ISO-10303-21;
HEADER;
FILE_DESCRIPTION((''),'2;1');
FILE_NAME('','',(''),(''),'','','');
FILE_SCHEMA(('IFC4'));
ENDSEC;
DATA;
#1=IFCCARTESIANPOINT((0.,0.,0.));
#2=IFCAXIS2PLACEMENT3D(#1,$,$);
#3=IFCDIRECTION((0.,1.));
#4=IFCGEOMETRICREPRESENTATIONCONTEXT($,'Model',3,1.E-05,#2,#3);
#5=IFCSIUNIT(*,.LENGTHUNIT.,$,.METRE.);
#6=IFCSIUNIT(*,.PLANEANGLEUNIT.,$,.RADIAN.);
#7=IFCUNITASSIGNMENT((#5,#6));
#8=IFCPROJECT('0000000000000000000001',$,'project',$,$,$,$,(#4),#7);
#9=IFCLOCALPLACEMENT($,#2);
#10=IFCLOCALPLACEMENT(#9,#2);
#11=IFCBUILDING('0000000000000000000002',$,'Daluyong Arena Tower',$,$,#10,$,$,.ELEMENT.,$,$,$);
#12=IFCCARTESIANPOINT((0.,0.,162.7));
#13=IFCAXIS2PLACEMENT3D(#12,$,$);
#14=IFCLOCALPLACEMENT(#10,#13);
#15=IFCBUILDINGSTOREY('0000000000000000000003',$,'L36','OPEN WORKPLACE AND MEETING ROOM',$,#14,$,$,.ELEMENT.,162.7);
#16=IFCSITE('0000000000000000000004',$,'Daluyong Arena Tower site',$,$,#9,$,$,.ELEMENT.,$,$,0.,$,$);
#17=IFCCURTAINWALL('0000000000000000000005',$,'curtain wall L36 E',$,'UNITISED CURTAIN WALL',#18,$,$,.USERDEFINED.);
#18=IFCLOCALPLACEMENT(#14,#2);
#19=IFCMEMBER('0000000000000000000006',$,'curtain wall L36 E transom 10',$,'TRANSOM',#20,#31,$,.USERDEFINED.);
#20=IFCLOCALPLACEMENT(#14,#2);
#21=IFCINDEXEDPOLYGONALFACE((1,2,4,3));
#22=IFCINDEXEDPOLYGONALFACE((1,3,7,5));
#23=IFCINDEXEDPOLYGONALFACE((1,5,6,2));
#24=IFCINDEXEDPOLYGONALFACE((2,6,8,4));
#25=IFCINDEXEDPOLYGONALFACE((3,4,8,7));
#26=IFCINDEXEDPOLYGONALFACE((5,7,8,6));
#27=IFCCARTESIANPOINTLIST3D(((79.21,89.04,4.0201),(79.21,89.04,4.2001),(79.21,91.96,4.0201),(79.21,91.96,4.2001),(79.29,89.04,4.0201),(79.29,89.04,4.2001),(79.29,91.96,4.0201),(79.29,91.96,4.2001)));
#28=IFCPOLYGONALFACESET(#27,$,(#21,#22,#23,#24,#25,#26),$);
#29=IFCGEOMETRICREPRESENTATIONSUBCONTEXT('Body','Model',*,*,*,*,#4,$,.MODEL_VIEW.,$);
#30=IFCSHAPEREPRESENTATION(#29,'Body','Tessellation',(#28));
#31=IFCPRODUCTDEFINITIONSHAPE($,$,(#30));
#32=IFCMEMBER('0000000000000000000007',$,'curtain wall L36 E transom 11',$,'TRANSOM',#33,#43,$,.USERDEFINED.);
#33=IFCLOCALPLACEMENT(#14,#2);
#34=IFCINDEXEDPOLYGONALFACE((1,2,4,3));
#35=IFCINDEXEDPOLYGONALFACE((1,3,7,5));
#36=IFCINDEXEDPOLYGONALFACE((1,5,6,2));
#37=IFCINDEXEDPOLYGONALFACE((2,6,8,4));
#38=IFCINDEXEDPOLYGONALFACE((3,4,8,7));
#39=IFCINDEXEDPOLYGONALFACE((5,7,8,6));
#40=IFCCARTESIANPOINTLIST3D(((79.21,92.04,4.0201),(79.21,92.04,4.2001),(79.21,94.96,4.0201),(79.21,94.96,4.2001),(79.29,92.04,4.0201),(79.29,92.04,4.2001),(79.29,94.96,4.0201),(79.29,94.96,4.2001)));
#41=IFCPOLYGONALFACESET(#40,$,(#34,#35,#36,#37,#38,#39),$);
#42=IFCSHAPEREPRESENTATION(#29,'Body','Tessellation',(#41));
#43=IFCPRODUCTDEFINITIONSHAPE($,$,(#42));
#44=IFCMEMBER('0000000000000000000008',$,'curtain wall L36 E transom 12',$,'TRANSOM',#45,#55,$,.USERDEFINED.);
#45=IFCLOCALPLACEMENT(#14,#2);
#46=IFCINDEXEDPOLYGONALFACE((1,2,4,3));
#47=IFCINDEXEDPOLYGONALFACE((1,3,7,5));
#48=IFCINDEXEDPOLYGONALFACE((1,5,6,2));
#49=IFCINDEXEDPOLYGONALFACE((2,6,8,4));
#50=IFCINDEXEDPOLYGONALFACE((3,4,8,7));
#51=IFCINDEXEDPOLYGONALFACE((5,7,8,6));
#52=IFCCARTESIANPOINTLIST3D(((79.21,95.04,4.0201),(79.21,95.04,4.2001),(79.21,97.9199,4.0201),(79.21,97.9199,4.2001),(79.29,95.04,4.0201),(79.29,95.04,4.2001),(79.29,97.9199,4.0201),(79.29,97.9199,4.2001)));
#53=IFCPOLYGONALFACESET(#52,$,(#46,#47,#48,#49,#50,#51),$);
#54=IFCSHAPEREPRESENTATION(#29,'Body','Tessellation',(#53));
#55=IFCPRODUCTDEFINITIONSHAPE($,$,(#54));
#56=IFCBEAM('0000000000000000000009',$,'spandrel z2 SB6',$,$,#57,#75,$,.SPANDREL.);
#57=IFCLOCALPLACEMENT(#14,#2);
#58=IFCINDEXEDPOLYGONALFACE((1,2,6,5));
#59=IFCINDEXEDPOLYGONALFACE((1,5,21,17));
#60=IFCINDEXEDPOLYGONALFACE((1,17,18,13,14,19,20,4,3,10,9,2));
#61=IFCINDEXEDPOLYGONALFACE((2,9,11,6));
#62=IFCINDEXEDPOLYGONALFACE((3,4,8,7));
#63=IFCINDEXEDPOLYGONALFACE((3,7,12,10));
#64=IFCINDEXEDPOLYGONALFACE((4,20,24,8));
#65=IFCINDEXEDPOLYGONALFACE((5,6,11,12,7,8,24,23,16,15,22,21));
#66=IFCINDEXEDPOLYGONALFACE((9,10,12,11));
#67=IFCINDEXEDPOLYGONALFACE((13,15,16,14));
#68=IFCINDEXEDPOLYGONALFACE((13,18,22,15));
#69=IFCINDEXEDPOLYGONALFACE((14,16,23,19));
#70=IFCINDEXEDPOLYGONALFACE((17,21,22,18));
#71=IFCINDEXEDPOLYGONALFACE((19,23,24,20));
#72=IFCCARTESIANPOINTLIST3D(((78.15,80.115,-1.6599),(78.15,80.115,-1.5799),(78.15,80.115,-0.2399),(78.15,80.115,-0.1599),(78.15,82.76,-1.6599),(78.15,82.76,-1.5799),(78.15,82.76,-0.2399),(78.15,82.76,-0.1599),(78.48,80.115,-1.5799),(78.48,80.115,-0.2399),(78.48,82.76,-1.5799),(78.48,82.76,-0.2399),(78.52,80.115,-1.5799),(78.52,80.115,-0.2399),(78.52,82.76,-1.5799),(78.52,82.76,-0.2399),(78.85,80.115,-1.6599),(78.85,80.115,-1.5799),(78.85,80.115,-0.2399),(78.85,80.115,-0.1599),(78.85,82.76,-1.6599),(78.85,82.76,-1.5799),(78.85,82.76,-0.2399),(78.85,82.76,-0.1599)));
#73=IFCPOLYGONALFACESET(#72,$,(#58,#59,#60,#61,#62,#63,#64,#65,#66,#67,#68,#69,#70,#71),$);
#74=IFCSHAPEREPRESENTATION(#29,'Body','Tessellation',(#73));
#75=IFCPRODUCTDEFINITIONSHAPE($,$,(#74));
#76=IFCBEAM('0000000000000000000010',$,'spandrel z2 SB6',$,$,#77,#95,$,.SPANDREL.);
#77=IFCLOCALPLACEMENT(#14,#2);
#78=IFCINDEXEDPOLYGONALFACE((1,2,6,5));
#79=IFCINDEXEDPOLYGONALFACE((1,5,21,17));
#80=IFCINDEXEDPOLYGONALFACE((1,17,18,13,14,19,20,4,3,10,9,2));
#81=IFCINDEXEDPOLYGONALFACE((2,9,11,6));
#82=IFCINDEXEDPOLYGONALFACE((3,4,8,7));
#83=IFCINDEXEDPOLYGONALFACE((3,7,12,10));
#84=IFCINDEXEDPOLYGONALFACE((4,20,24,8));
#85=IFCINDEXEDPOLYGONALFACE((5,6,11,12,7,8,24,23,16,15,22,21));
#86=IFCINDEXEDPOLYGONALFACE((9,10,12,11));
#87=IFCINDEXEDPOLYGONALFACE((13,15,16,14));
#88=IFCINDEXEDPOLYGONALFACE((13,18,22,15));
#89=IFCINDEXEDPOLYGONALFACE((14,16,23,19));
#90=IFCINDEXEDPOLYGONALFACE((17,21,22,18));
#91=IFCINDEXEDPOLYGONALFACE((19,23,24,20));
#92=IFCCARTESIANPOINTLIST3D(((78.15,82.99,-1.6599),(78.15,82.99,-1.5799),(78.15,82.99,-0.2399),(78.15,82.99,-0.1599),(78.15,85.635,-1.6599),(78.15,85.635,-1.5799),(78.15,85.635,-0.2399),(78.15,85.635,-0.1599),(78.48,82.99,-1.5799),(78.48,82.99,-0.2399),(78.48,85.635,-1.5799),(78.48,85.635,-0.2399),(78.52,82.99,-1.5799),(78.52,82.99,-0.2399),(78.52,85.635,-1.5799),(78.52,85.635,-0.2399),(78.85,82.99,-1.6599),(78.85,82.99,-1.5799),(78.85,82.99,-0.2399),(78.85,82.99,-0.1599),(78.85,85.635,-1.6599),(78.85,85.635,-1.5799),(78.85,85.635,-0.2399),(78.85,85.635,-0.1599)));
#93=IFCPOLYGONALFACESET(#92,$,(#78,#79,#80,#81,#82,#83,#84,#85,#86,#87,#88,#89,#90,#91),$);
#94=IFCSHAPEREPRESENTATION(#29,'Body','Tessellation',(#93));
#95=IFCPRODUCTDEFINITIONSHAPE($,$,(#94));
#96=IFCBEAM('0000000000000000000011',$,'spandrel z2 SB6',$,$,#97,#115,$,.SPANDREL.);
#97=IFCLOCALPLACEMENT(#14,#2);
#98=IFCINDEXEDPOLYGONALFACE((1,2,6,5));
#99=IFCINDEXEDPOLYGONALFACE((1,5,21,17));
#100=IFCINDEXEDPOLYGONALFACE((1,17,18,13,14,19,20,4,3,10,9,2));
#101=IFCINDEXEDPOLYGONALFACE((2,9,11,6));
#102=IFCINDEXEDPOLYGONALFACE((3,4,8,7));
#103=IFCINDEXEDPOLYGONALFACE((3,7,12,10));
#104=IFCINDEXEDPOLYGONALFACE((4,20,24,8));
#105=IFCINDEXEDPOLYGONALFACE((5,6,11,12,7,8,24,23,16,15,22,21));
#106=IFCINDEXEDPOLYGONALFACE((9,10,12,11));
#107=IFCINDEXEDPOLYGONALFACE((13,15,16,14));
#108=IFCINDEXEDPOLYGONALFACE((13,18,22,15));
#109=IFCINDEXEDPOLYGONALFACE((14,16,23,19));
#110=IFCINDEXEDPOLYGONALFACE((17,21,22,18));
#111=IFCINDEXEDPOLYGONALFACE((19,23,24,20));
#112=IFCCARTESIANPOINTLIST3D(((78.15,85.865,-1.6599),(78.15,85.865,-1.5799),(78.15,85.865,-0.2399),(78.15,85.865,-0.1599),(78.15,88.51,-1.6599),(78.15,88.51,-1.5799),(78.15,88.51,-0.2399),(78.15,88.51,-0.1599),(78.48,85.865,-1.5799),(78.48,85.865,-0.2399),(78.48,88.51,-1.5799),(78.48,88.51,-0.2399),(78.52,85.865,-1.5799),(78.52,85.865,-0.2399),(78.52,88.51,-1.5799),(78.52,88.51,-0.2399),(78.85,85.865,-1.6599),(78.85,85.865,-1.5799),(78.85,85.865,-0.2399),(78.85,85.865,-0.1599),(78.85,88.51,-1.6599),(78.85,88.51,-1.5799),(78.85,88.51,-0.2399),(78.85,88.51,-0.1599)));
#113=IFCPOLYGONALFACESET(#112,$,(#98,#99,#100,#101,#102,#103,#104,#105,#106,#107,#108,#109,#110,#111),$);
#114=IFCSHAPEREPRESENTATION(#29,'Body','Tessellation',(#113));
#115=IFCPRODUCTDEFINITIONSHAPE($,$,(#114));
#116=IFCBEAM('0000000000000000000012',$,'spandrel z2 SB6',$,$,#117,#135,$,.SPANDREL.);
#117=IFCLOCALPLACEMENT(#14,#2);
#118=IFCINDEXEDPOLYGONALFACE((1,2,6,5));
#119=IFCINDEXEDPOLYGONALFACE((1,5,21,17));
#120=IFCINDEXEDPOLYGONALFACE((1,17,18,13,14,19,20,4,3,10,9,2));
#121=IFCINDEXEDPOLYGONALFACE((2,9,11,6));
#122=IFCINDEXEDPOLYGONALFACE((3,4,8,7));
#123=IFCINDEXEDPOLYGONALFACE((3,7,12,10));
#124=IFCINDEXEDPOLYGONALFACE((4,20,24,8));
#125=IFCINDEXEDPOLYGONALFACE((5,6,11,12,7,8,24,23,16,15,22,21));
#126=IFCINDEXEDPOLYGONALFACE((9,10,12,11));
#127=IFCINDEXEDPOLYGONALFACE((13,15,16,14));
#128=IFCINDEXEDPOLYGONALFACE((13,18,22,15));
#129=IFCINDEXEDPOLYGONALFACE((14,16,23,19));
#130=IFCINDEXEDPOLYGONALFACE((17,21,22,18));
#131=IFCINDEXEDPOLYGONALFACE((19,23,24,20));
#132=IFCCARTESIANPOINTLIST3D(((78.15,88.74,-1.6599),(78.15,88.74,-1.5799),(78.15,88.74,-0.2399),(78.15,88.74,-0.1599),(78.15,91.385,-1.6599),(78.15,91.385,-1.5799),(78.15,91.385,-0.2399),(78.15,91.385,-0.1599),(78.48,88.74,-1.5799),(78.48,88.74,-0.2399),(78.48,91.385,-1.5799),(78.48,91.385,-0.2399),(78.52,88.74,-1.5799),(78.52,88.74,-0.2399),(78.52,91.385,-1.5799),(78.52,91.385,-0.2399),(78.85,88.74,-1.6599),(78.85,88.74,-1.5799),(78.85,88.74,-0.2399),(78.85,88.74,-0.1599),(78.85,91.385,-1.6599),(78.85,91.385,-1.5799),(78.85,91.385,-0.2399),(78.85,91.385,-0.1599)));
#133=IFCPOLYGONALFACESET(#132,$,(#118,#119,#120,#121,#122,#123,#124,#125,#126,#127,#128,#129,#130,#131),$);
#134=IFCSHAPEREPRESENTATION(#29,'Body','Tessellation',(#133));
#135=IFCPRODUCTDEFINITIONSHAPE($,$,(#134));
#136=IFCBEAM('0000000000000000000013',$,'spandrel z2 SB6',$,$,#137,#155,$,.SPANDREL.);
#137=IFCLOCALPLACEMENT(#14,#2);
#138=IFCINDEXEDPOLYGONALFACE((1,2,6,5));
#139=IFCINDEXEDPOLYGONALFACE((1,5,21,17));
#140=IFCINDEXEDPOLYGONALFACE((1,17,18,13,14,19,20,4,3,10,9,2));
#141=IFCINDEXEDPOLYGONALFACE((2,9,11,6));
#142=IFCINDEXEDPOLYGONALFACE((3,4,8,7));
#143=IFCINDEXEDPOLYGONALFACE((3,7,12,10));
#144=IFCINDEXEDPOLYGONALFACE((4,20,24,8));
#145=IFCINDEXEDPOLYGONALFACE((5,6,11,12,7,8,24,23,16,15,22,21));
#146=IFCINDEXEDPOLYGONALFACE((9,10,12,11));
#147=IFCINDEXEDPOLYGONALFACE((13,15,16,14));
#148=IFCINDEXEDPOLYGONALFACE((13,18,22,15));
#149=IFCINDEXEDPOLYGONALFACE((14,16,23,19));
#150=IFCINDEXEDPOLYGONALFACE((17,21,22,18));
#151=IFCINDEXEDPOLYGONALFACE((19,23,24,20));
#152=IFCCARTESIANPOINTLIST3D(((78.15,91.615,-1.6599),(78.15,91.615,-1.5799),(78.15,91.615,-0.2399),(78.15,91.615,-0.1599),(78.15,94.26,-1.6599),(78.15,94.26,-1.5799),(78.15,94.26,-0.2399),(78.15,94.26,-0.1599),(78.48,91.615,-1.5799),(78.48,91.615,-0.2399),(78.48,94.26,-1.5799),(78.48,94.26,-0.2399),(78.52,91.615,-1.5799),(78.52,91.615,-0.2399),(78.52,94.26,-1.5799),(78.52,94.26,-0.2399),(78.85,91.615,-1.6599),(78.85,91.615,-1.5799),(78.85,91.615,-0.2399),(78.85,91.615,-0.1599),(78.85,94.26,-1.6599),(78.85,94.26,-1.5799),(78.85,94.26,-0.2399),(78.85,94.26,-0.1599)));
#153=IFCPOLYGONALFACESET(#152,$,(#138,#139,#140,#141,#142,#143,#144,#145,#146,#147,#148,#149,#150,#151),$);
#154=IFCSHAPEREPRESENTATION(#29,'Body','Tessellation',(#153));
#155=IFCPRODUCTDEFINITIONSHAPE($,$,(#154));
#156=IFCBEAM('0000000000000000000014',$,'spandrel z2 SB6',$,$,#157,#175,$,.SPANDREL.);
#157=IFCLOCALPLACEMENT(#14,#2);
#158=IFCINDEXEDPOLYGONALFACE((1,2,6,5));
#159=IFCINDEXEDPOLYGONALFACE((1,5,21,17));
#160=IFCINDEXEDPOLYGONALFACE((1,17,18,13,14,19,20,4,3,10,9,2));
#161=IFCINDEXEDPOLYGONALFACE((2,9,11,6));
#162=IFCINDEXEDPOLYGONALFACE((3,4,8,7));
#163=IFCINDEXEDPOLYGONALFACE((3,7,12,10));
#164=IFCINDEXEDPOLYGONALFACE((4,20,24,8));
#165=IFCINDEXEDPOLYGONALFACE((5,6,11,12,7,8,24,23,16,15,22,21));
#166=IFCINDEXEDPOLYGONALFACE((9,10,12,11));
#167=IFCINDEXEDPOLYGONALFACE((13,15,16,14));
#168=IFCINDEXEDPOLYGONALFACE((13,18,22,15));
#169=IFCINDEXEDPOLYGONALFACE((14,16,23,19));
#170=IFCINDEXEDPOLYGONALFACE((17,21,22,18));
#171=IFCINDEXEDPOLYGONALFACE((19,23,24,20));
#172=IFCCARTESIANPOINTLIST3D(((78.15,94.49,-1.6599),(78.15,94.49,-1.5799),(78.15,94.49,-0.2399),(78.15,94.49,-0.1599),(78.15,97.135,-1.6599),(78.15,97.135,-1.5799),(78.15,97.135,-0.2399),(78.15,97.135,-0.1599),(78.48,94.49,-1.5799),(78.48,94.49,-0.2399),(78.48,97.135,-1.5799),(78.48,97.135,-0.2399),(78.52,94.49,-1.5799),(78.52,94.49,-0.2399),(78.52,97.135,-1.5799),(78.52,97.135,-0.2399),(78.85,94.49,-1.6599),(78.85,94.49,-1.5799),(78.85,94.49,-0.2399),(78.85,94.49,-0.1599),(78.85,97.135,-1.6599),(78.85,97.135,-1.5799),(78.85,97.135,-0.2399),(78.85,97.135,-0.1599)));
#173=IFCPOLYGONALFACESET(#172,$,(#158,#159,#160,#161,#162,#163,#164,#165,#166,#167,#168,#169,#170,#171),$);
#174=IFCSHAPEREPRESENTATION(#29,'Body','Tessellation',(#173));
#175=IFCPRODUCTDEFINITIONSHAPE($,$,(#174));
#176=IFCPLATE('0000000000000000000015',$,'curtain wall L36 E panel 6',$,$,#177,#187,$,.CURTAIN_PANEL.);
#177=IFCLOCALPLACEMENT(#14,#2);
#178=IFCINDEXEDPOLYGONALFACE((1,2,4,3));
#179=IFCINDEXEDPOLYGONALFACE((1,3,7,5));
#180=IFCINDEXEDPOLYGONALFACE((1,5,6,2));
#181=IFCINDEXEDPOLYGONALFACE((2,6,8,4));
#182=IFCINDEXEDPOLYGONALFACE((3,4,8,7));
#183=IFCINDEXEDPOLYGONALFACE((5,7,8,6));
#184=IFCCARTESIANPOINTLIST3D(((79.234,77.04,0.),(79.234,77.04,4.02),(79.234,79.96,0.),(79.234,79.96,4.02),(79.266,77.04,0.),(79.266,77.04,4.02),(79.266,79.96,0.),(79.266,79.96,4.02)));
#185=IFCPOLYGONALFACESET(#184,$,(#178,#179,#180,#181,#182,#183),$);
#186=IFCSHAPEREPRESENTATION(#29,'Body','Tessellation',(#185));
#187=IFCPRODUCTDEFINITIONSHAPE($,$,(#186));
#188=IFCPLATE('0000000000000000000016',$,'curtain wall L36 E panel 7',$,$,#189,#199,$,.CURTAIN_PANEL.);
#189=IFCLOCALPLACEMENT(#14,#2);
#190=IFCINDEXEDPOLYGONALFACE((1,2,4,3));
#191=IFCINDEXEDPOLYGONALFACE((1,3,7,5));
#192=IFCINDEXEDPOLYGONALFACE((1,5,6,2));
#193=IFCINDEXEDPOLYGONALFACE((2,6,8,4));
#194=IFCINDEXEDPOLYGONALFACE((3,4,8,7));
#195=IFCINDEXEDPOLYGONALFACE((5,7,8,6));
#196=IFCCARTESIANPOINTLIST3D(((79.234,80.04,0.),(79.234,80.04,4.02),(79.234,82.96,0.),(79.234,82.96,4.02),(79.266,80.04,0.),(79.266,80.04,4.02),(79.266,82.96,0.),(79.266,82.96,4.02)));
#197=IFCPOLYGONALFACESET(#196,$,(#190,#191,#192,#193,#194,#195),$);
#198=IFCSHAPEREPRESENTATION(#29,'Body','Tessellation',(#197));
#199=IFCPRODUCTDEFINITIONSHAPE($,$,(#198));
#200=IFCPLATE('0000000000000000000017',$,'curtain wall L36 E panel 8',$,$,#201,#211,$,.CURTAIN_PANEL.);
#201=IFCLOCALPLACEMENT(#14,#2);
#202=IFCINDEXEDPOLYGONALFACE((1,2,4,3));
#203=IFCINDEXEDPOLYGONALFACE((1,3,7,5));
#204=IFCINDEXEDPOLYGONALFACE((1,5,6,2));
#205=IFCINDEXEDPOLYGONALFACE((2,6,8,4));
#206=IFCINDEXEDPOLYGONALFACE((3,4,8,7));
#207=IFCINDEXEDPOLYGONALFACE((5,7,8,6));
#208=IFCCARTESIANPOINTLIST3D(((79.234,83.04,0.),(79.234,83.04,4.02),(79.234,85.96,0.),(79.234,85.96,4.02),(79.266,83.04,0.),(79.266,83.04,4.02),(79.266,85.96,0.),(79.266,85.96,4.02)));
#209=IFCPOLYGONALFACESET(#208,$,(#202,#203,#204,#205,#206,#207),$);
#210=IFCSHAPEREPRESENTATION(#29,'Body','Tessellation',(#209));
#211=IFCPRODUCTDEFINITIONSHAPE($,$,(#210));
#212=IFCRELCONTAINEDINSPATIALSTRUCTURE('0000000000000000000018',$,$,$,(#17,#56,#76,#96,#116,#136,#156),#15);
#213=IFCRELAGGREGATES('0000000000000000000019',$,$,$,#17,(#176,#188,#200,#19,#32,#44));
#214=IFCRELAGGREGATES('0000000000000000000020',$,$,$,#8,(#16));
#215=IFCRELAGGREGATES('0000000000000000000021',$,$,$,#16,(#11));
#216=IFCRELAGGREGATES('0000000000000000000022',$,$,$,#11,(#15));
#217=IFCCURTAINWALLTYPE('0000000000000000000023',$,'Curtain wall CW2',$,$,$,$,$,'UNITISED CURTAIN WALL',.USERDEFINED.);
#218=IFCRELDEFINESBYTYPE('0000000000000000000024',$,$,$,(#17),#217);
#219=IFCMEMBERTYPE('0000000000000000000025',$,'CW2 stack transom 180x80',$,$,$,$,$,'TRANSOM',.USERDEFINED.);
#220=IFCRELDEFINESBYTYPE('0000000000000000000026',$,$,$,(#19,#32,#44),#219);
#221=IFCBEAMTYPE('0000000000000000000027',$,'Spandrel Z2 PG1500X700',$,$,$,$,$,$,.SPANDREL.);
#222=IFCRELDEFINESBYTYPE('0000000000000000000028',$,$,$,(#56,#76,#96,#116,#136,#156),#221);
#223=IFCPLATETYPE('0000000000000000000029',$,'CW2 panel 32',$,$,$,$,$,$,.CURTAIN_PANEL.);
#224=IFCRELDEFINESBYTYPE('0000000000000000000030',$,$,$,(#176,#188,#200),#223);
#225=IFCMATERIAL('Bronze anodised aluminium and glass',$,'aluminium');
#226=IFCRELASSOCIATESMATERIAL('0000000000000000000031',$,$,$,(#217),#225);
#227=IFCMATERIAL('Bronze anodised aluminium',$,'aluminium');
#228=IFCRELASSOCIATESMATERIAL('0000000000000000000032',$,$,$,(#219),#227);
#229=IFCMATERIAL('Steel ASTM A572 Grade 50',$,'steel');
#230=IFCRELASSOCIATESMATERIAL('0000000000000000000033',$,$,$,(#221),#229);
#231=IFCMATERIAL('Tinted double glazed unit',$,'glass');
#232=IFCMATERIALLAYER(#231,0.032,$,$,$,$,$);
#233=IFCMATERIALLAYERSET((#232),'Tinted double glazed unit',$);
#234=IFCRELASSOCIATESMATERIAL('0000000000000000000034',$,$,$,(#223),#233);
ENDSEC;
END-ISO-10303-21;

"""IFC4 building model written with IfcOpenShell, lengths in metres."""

from ifc_helpers import new_model, si_unit, direction, frame, origin, origin_2d, place, context, subcontext, project, spatial, rectangle, i_section, extrude, material, layer, layer_set, material_profile, profile_set, type_object, element, aggregate, save


model = new_model("IFC4")

# Units and contexts
model_context = context("Model", 3, precision=1e-05, world=origin(), true_north=direction((0.0, 1.0)))
body_context = subcontext(model_context, "Body", "Model", "MODEL_VIEW")
ifc_project = project(units=[si_unit("LENGTHUNIT", "METRE"), si_unit("PLANEANGLEUNIT", "RADIAN")], contexts=[model_context])

# Site, building, storey
site_placement = place(None, origin())
site = spatial("IfcSite", under=ifc_project, at=site_placement, Name="Daluyong Arena Tower site", CompositionType="ELEMENT", RefElevation=0.0)
building_placement = place(site_placement, origin())
building = spatial("IfcBuilding", under=site, at=building_placement, Name="Daluyong Arena Tower", CompositionType="ELEMENT")
storey_placement = place(building_placement, frame((0.0, 0.0, 162.7)))
storey = spatial("IfcBuildingStorey", under=building, at=storey_placement, Name="L36", Description="OPEN WORKPLACE AND MEETING ROOM", CompositionType="ELEMENT", Elevation=162.7)

# Curtain wall, members
ifc_material_1 = material(Name="Bronze anodised aluminium and glass", Category="aluminium")
curtain_wall_type = type_object("IfcCurtainWallType", Name="Curtain wall CW2", ElementType="UNITISED CURTAIN WALL", PredefinedType="USERDEFINED", material=ifc_material_1)
curtain_wall_placement = place(storey_placement, origin())
curtain_wall = element("IfcCurtainWall", 1, at=curtain_wall_placement, inside=storey, type_object=curtain_wall_type, Name="curtain wall L36 E", ObjectType="UNITISED CURTAIN WALL", PredefinedType="USERDEFINED")
ifc_material_2 = material(Name="Bronze anodised aluminium", Category="aluminium")
ifc_material_profile_1 = material_profile(ifc_material_2, rectangle(XDim=0.0801, YDim=0.1799, at=origin_2d()))
ifc_profile_set_1 = profile_set([ifc_material_profile_1], Name="Bronze anodised aluminium")
member_type_1 = type_object("IfcMemberType", Name="CW2 stack transom 180x80", ElementType="TRANSOM", PredefinedType="USERDEFINED", material=ifc_profile_set_1)
member_1_placement = place(storey_placement, frame((79.25, 89.04, 4.1101), z_axis=(0.0, 1.0, 0.0), x_axis=(-1.0, 0.0, 0.0)))
member_1 = element("IfcMember", 2, at=member_1_placement, type_object=member_type_1, Name="curtain wall L36 E transom 10", ObjectType="TRANSOM", PredefinedType="USERDEFINED", context=body_context, shape_type="SweptSolid", body=[
    extrude(rectangle(XDim=0.0801, YDim=0.1799, at=origin_2d()), origin(), (0.0, 0.0, 1.0), 2.9199),
])
member_2_placement = place(storey_placement, frame((79.25, 92.04, 4.1101), z_axis=(0.0, 1.0, 0.0), x_axis=(-1.0, 0.0, 0.0)))
member_2 = element("IfcMember", 3, at=member_2_placement, type_object=member_type_1, Name="curtain wall L36 E transom 11", ObjectType="TRANSOM", PredefinedType="USERDEFINED", context=body_context, shape_type="SweptSolid", body=[
    extrude(rectangle(XDim=0.0801, YDim=0.1799, at=origin_2d()), origin(), (0.0, 0.0, 1.0), 2.9199),
])
member_3_placement = place(storey_placement, frame((79.25, 95.04, 4.1101), z_axis=(0.0, 1.0, 0.0), x_axis=(-1.0, 0.0, 0.0)))
member_3 = element("IfcMember", 4, at=member_3_placement, type_object=member_type_1, Name="curtain wall L36 E transom 12", ObjectType="TRANSOM", PredefinedType="USERDEFINED", context=body_context, shape_type="SweptSolid", body=[
    extrude(rectangle(XDim=0.0801, YDim=0.1799, at=origin_2d()), origin(), (0.0, 0.0, 1.0), 2.8799),
])

# Beams
ifc_material_3 = material(Name="Steel ASTM A572 Grade 50", Category="steel")
ifc_material_profile_2 = material_profile(ifc_material_3, i_section(OverallWidth=0.7, OverallDepth=1.5, WebThickness=0.04, FlangeThickness=0.08, at=origin_2d()))
ifc_profile_set_2 = profile_set([ifc_material_profile_2], Name="Steel ASTM A572 Grade 50")
beam_type = type_object("IfcBeamType", Name="Spandrel Z2 PG1500X700", PredefinedType="SPANDREL", material=ifc_profile_set_2)
for number, where, z_axis, x_axis, name in (
    (5, (78.5, 80.115, -0.9099), (0.0, 1.0, 0.0), (-1.0, 0.0, 0.0), "spandrel z2 SB6"),
    (6, (78.5, 82.99, -0.9099), (0.0, 1.0, 0.0), (-1.0, 0.0, 0.0), "spandrel z2 SB6"),
    (7, (78.5, 85.865, -0.9099), (0.0, 1.0, 0.0), (-1.0, 0.0, 0.0), "spandrel z2 SB6"),
    (8, (78.5, 88.74, -0.9099), (0.0, 1.0, 0.0), (-1.0, 0.0, 0.0), "spandrel z2 SB6"),
    (9, (78.5, 91.615, -0.9099), (0.0, 1.0, 0.0), (-1.0, 0.0, 0.0), "spandrel z2 SB6"),
    (10, (78.5, 94.49, -0.9099), (0.0, 1.0, 0.0), (-1.0, 0.0, 0.0), "spandrel z2 SB6"),
):
    element("IfcBeam", number, at=place(storey_placement, frame(where, z_axis=z_axis, x_axis=x_axis)), inside=storey, type_object=beam_type, Name=name, PredefinedType="SPANDREL", context=body_context, shape_type="SweptSolid", body=[
        extrude(i_section(OverallWidth=0.7, OverallDepth=1.5, WebThickness=0.04, FlangeThickness=0.08, at=origin_2d()), origin(), (0.0, 0.0, 1.0), 2.645),
    ])

# Plates
ifc_material_4 = material(Name="Tinted double glazed unit", Category="glass")
ifc_layer = layer(ifc_material_4, 0.032)
ifc_layer_set = layer_set([ifc_layer], Name="Tinted double glazed unit")
plate_type = type_object("IfcPlateType", Name="CW2 panel 32", PredefinedType="CURTAIN_PANEL", material=ifc_layer_set)
plate_1_placement = place(storey_placement, frame((79.25, 78.5, 0.0), z_axis=(0.0, 0.0, 1.0), x_axis=(0.0, 1.0, 0.0)))
plate_1 = element("IfcPlate", 11, at=plate_1_placement, type_object=plate_type, Name="curtain wall L36 E panel 6", PredefinedType="CURTAIN_PANEL", context=body_context, shape_type="SweptSolid", body=[
    extrude(rectangle(XDim=2.9199, YDim=0.032, at=origin_2d()), origin(), (0.0, 0.0, 1.0), 4.02),
])
plate_2_placement = place(storey_placement, frame((79.25, 81.5, 0.0), z_axis=(0.0, 0.0, 1.0), x_axis=(0.0, 1.0, 0.0)))
plate_2 = element("IfcPlate", 12, at=plate_2_placement, type_object=plate_type, Name="curtain wall L36 E panel 7", PredefinedType="CURTAIN_PANEL", context=body_context, shape_type="SweptSolid", body=[
    extrude(rectangle(XDim=2.9199, YDim=0.032, at=origin_2d()), origin(), (0.0, 0.0, 1.0), 4.02),
])
plate_3_placement = place(storey_placement, frame((79.25, 84.5, 0.0), z_axis=(0.0, 0.0, 1.0), x_axis=(0.0, 1.0, 0.0)))
plate_3 = element("IfcPlate", 13, at=plate_3_placement, type_object=plate_type, Name="curtain wall L36 E panel 8", PredefinedType="CURTAIN_PANEL", context=body_context, shape_type="SweptSolid", body=[
    extrude(rectangle(XDim=2.9199, YDim=0.032, at=origin_2d()), origin(), (0.0, 0.0, 1.0), 4.02),
])
aggregate(curtain_wall, [plate_1, plate_2, plate_3, member_1, member_2, member_3])

save(model, "model.ifc")
